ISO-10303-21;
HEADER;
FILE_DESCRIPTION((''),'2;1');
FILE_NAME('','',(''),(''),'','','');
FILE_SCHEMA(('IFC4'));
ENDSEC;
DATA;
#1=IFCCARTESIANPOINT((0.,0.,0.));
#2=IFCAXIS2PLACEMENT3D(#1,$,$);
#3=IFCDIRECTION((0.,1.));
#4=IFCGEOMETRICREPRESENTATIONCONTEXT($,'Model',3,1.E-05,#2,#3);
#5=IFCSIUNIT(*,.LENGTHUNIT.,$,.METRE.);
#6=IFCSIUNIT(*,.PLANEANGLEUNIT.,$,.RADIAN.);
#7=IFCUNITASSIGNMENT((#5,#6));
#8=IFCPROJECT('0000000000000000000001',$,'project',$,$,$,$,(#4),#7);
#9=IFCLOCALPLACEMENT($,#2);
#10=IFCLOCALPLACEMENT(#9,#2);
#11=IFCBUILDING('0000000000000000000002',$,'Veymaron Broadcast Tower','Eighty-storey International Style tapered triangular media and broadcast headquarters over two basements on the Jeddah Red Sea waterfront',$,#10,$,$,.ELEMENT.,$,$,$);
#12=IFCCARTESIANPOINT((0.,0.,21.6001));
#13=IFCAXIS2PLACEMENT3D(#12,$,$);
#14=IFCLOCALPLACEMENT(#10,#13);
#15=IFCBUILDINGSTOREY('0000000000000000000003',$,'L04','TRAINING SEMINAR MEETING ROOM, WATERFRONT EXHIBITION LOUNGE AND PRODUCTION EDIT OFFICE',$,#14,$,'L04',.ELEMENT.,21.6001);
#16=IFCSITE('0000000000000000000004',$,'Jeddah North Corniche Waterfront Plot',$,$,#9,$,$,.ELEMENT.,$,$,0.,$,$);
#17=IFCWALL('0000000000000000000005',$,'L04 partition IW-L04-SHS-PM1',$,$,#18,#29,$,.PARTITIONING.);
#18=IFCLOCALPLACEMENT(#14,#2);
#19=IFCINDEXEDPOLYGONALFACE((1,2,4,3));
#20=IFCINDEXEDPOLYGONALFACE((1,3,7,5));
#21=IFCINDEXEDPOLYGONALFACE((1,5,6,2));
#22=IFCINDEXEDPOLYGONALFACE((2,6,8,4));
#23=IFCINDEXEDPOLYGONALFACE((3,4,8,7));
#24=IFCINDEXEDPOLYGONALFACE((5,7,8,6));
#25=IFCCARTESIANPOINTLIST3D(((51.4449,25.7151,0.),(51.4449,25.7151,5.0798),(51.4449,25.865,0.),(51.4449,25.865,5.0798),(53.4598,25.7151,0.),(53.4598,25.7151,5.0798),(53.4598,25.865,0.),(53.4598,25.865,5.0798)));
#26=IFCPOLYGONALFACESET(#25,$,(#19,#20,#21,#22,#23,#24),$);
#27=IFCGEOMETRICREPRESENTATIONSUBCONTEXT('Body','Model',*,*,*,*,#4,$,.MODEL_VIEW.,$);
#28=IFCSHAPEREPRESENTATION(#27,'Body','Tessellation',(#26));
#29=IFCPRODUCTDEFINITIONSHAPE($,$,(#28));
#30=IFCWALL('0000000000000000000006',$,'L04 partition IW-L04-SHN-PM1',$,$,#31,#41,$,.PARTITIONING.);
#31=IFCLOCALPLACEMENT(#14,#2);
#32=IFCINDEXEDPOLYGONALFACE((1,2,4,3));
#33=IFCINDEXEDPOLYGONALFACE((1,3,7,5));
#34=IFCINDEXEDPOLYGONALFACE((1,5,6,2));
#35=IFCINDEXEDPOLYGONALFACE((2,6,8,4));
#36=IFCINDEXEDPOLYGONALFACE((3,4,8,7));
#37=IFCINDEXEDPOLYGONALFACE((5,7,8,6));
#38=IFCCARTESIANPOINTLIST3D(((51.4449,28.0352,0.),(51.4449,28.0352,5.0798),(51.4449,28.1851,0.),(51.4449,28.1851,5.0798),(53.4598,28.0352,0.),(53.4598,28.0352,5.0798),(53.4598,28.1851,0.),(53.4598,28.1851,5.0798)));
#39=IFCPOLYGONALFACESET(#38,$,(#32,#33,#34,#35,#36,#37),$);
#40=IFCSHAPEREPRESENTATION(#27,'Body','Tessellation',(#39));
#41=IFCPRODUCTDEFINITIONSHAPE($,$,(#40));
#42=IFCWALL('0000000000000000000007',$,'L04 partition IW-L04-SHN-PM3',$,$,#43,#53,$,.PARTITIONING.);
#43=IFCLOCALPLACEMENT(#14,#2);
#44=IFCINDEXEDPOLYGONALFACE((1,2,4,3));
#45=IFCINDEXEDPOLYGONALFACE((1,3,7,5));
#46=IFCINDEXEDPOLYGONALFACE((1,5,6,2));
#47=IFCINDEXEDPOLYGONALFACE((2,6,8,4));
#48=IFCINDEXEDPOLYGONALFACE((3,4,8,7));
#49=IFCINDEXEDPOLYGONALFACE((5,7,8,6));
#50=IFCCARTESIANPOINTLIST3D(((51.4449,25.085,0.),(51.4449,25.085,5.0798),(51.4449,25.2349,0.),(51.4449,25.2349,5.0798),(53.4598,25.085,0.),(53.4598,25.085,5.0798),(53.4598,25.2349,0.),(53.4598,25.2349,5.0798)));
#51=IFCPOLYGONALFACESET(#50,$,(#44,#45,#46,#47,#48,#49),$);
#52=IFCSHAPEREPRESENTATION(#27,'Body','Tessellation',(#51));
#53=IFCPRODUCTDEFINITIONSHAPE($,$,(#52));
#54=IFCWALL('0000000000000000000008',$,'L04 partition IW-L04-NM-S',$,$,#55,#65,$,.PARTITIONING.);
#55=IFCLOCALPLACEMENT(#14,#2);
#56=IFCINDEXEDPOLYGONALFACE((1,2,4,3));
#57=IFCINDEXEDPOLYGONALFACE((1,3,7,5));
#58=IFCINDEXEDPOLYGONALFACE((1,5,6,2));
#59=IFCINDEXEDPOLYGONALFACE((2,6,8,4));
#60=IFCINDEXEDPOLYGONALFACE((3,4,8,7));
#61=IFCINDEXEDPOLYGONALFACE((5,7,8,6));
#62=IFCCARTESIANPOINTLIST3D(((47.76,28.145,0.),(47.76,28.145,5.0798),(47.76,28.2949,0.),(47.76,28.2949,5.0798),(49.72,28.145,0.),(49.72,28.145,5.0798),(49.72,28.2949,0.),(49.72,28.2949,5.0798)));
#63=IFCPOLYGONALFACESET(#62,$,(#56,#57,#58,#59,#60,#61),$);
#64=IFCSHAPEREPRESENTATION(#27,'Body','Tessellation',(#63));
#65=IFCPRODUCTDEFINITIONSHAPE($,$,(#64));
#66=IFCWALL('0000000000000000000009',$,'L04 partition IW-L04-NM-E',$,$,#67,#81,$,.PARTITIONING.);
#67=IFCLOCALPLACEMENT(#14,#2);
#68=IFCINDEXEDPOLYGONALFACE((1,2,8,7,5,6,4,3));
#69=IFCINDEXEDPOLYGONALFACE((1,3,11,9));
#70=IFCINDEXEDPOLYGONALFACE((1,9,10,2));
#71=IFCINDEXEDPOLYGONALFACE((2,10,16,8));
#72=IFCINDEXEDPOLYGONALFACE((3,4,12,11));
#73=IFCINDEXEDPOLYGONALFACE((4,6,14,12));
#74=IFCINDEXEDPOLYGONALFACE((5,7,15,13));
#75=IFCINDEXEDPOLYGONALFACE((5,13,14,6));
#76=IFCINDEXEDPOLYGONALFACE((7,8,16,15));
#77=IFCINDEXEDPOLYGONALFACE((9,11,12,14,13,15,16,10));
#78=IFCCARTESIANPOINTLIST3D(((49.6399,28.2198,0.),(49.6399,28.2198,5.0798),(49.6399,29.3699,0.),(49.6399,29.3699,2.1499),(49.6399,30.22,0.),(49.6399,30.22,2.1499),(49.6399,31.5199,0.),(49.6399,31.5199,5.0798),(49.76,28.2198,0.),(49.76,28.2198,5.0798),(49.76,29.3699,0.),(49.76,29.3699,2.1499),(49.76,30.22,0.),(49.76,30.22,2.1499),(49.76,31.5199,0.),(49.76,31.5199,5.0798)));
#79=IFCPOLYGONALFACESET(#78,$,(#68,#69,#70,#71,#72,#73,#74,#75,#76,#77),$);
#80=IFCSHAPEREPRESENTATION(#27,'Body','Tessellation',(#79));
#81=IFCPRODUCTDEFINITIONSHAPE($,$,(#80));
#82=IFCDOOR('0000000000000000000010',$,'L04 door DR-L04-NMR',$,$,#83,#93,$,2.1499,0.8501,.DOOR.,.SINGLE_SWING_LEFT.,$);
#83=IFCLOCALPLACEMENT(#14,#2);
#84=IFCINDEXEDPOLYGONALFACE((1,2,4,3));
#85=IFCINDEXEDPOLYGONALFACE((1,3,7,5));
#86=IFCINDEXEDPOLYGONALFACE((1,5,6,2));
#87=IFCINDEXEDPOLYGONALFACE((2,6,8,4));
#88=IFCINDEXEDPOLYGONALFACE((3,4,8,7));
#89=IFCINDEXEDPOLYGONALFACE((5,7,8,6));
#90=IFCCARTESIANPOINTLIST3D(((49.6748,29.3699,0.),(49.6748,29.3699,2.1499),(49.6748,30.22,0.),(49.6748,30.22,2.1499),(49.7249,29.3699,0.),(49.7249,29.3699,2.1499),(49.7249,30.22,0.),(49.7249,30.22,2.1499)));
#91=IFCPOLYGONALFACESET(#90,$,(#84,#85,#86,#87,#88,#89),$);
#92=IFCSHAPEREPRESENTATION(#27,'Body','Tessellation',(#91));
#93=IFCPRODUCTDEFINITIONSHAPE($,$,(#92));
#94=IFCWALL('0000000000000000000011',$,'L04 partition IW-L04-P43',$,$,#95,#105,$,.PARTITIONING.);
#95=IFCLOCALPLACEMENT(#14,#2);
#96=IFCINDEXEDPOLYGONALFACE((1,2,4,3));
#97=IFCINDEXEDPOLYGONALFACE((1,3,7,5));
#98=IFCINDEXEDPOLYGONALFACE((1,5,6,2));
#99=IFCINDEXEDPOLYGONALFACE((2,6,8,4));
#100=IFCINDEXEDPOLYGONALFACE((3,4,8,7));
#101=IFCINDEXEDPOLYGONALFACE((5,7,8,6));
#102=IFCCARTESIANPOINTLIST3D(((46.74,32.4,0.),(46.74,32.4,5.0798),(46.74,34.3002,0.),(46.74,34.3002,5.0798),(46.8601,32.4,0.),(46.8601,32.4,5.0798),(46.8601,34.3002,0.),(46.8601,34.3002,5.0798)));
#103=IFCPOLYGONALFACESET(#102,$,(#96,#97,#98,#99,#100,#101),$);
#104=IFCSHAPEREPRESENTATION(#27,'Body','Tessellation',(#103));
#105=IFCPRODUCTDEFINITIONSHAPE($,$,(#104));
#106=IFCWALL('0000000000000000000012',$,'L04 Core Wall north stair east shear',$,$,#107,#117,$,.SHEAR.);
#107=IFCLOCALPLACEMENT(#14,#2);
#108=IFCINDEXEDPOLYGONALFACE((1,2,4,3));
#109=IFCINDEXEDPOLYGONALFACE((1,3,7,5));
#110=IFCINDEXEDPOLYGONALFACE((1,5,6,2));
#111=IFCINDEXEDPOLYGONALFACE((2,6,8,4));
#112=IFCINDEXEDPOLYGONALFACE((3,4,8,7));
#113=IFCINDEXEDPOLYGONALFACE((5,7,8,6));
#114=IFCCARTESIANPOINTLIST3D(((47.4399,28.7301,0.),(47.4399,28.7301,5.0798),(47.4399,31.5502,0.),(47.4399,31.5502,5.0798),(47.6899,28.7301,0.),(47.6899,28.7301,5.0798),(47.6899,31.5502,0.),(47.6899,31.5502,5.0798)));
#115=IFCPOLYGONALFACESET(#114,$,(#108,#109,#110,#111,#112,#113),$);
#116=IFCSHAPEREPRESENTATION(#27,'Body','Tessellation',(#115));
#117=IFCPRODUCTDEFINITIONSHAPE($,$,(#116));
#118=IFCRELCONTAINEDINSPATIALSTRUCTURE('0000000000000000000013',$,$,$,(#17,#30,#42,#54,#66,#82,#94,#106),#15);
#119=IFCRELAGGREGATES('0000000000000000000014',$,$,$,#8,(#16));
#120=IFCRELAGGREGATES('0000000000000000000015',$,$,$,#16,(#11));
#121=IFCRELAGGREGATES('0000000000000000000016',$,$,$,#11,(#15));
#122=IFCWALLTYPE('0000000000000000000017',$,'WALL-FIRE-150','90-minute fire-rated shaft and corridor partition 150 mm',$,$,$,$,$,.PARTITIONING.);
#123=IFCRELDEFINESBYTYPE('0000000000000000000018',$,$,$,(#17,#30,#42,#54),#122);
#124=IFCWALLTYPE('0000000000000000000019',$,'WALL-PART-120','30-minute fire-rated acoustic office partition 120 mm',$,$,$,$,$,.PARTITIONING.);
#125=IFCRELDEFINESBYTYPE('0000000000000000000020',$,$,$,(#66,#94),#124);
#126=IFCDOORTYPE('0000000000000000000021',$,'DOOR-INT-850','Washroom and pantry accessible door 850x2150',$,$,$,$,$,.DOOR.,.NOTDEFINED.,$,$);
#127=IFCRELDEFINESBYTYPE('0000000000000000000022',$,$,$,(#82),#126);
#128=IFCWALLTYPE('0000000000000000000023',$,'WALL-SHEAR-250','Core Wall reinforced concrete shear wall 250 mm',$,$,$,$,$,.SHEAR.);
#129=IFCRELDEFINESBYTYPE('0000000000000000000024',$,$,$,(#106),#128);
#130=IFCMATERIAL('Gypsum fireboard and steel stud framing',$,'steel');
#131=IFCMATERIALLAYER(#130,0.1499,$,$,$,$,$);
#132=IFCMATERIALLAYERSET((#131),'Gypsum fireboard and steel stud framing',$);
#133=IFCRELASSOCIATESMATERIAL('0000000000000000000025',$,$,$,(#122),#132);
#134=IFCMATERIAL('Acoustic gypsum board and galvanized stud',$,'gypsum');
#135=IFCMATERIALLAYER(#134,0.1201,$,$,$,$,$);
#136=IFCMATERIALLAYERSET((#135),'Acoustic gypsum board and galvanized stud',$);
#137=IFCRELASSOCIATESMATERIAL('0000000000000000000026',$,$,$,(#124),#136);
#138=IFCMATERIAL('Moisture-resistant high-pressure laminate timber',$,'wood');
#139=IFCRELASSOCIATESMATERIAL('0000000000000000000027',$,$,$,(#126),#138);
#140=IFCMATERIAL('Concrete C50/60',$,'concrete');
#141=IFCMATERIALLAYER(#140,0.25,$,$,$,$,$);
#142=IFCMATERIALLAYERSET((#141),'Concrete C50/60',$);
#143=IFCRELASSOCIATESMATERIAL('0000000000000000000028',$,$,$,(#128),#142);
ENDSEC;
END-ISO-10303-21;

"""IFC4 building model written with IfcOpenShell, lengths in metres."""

from ifc_helpers import new_model, si_unit, direction, frame, frame_2d, origin, place, context, subcontext, project, spatial, rectangle, extrude, material, layer, layer_set, type_object, element, fill, save


model = new_model("IFC4")

# Units and contexts
model_context = context("Model", 3, precision=1e-05, world=origin(), true_north=direction((0.0, 1.0)))
body_context = subcontext(model_context, "Body", "Model", "MODEL_VIEW")
ifc_project = project(units=[si_unit("LENGTHUNIT", "METRE"), si_unit("PLANEANGLEUNIT", "RADIAN")], contexts=[model_context])

# Site, building, storey
site_placement = place(None, origin())
site = spatial("IfcSite", under=ifc_project, at=site_placement, Name="Jeddah North Corniche Waterfront Plot", CompositionType="ELEMENT", RefElevation=0.0)
building_placement = place(site_placement, origin())
building = spatial("IfcBuilding", under=site, at=building_placement, Name="Veymaron Broadcast Tower", Description="Eighty-storey International Style tapered triangular media and broadcast headquarters over two basements on the Jeddah Red Sea waterfront", CompositionType="ELEMENT")
storey_placement = place(building_placement, frame((0.0, 0.0, 21.6001)))
storey = spatial("IfcBuildingStorey", under=building, at=storey_placement, Name="L04", Description="TRAINING SEMINAR MEETING ROOM, WATERFRONT EXHIBITION LOUNGE AND PRODUCTION EDIT OFFICE", LongName="L04", CompositionType="ELEMENT", Elevation=21.6001)

# Shared definitions
ifc_material_1 = material(Name="Concrete C50/60", Category="concrete")

# Shared definitions
ifc_material_2 = material(Name="Gypsum fireboard and steel stud framing", Category="steel")
ifc_layer_1 = layer(ifc_material_2, 0.1499)
ifc_layer_set_1 = layer_set([ifc_layer_1], Name="Gypsum fireboard and steel stud framing")
wall_type_1 = type_object("IfcWallType", Name="WALL-FIRE-150", Description="90-minute fire-rated shaft and corridor partition 150 mm", PredefinedType="PARTITIONING", material=ifc_layer_set_1)

# Walls
for number, where, z_axis, x_axis, name in (
    (1, (51.4451, 25.79, 0.0), (0.0, 0.0, 1.0), (1.0, 0.0, 0.0), "L04 partition IW-L04-SHS-PM1"),
    (2, (51.4451, 28.1101, 0.0), (0.0, 0.0, 1.0), (1.0, 0.0, 0.0), "L04 partition IW-L04-SHN-PM1"),
    (3, (51.4451, 25.1599, 0.0), (0.0, 0.0, 1.0), (1.0, 0.0, 0.0), "L04 partition IW-L04-SHN-PM3"),
):
    element("IfcWall", number, at=place(storey_placement, frame(where, z_axis=z_axis, x_axis=x_axis)), inside=storey, type_object=wall_type_1, Name=name, PredefinedType="PARTITIONING", context=body_context, shape_type="SweptSolid", body=[
        extrude(rectangle(XDim=2.0149, YDim=0.1499, at=frame_2d((1.0073, 0.0))), origin(), (0.0, 0.0, 1.0), 5.0798),
    ])
wall_1_placement = place(storey_placement, frame((47.76, 28.22, 0.0), z_axis=(0.0, 0.0, 1.0), x_axis=(1.0, 0.0, 0.0)))
element("IfcWall", 4, at=wall_1_placement, inside=storey, type_object=wall_type_1, Name="L04 partition IW-L04-NM-S", PredefinedType="PARTITIONING", context=body_context, shape_type="SweptSolid", body=[
    extrude(rectangle(XDim=1.96, YDim=0.1499, at=frame_2d((0.98, 0.0))), origin(), (0.0, 0.0, 1.0), 5.0798),
])

# Wall, opening, door
ifc_material_3 = material(Name="Acoustic gypsum board and galvanized stud", Category="gypsum")
ifc_layer_2 = layer(ifc_material_3, 0.1201)
ifc_layer_set_2 = layer_set([ifc_layer_2], Name="Acoustic gypsum board and galvanized stud")
wall_type_2 = type_object("IfcWallType", Name="WALL-PART-120", Description="30-minute fire-rated acoustic office partition 120 mm", PredefinedType="PARTITIONING", material=ifc_layer_set_2)
wall_2_placement = place(storey_placement, frame((49.7, 28.22, 0.0), z_axis=(0.0, 0.0, 1.0), x_axis=(0.0, 1.0, 0.0)))
wall_2 = element("IfcWall", 5, at=wall_2_placement, inside=storey, type_object=wall_type_2, Name="L04 partition IW-L04-NM-E", PredefinedType="PARTITIONING", context=body_context, shape_type="SweptSolid", body=[
    extrude(rectangle(XDim=3.3, YDim=0.1201, at=frame_2d((1.6499, 0.0))), origin(), (0.0, 0.0, 1.0), 5.0798),
])
opening_1_placement = place(wall_2_placement, frame((1.1499, 0.0, 0.0)))
opening_1 = element("IfcOpeningElement", 6, at=opening_1_placement, cuts=wall_2, PredefinedType="OPENING", context=body_context, shape_type="SweptSolid", body=[
    extrude(rectangle(XDim=0.8501, YDim=2.1499, at=frame_2d((0.425, 1.075))), frame((0.0, 0.0701, 0.0), z_axis=(0.0, -1.0, 0.0), x_axis=(1.0, 0.0, 0.0)), (0.0, 0.0, 1.0), 0.1401),
])
ifc_material_4 = material(Name="Moisture-resistant high-pressure laminate timber", Category="wood")
door_type_1 = type_object("IfcDoorType", Name="DOOR-INT-850", Description="Washroom and pantry accessible door 850x2150", OperationType="NOTDEFINED", PredefinedType="DOOR", material=ifc_material_4)
door_1_placement = place(opening_1_placement, frame((0.8501, 0.0, 0.0), z_axis=(0.0, 0.0, 1.0), x_axis=(-1.0, 0.0, 0.0)))
door_1 = element("IfcDoor", 7, at=door_1_placement, inside=storey, type_object=door_type_1, Name="L04 door DR-L04-NMR", OperationType="SINGLE_SWING_LEFT", OverallHeight=2.1499, OverallWidth=0.8501, PredefinedType="DOOR", context=body_context, shape_type="SweptSolid", body=[
    extrude(rectangle(XDim=0.8501, YDim=2.1499, at=frame_2d((0.425, 1.075))), frame((0.0, 0.0249, 0.0), z_axis=(0.0, -1.0, 0.0), x_axis=(1.0, 0.0, 0.0)), (0.0, 0.0, 1.0), 0.05),
])
fill(opening_1, door_1)

# Walls
wall_3_placement = place(storey_placement, frame((46.8, 32.3999, 0.0), z_axis=(0.0, 0.0, 1.0), x_axis=(0.0, 1.0, 0.0)))
element("IfcWall", 8, at=wall_3_placement, inside=storey, type_object=wall_type_2, Name="L04 partition IW-L04-P43", PredefinedType="PARTITIONING", context=body_context, shape_type="SweptSolid", body=[
    extrude(rectangle(XDim=1.9001, YDim=0.1201, at=frame_2d((0.9502, 0.0))), origin(), (0.0, 0.0, 1.0), 5.0798),
])
ifc_layer_3 = layer(ifc_material_1, 0.25)
ifc_layer_set_3 = layer_set([ifc_layer_3], Name="Concrete C50/60")
wall_type_3 = type_object("IfcWallType", Name="WALL-SHEAR-250", Description="Core Wall reinforced concrete shear wall 250 mm", PredefinedType="SHEAR", material=ifc_layer_set_3)
wall_4_placement = place(storey_placement, frame((47.5649, 28.73, 0.0), z_axis=(0.0, 0.0, 1.0), x_axis=(0.0, 1.0, 0.0)))
element("IfcWall", 9, at=wall_4_placement, inside=storey, type_object=wall_type_3, Name="L04 Core Wall north stair east shear", PredefinedType="SHEAR", context=body_context, shape_type="SweptSolid", body=[
    extrude(rectangle(XDim=2.8201, YDim=0.25, at=frame_2d((1.4102, 0.0))), origin(), (0.0, 0.0, 1.0), 5.0798),
])

save(model, "model.ifc")
